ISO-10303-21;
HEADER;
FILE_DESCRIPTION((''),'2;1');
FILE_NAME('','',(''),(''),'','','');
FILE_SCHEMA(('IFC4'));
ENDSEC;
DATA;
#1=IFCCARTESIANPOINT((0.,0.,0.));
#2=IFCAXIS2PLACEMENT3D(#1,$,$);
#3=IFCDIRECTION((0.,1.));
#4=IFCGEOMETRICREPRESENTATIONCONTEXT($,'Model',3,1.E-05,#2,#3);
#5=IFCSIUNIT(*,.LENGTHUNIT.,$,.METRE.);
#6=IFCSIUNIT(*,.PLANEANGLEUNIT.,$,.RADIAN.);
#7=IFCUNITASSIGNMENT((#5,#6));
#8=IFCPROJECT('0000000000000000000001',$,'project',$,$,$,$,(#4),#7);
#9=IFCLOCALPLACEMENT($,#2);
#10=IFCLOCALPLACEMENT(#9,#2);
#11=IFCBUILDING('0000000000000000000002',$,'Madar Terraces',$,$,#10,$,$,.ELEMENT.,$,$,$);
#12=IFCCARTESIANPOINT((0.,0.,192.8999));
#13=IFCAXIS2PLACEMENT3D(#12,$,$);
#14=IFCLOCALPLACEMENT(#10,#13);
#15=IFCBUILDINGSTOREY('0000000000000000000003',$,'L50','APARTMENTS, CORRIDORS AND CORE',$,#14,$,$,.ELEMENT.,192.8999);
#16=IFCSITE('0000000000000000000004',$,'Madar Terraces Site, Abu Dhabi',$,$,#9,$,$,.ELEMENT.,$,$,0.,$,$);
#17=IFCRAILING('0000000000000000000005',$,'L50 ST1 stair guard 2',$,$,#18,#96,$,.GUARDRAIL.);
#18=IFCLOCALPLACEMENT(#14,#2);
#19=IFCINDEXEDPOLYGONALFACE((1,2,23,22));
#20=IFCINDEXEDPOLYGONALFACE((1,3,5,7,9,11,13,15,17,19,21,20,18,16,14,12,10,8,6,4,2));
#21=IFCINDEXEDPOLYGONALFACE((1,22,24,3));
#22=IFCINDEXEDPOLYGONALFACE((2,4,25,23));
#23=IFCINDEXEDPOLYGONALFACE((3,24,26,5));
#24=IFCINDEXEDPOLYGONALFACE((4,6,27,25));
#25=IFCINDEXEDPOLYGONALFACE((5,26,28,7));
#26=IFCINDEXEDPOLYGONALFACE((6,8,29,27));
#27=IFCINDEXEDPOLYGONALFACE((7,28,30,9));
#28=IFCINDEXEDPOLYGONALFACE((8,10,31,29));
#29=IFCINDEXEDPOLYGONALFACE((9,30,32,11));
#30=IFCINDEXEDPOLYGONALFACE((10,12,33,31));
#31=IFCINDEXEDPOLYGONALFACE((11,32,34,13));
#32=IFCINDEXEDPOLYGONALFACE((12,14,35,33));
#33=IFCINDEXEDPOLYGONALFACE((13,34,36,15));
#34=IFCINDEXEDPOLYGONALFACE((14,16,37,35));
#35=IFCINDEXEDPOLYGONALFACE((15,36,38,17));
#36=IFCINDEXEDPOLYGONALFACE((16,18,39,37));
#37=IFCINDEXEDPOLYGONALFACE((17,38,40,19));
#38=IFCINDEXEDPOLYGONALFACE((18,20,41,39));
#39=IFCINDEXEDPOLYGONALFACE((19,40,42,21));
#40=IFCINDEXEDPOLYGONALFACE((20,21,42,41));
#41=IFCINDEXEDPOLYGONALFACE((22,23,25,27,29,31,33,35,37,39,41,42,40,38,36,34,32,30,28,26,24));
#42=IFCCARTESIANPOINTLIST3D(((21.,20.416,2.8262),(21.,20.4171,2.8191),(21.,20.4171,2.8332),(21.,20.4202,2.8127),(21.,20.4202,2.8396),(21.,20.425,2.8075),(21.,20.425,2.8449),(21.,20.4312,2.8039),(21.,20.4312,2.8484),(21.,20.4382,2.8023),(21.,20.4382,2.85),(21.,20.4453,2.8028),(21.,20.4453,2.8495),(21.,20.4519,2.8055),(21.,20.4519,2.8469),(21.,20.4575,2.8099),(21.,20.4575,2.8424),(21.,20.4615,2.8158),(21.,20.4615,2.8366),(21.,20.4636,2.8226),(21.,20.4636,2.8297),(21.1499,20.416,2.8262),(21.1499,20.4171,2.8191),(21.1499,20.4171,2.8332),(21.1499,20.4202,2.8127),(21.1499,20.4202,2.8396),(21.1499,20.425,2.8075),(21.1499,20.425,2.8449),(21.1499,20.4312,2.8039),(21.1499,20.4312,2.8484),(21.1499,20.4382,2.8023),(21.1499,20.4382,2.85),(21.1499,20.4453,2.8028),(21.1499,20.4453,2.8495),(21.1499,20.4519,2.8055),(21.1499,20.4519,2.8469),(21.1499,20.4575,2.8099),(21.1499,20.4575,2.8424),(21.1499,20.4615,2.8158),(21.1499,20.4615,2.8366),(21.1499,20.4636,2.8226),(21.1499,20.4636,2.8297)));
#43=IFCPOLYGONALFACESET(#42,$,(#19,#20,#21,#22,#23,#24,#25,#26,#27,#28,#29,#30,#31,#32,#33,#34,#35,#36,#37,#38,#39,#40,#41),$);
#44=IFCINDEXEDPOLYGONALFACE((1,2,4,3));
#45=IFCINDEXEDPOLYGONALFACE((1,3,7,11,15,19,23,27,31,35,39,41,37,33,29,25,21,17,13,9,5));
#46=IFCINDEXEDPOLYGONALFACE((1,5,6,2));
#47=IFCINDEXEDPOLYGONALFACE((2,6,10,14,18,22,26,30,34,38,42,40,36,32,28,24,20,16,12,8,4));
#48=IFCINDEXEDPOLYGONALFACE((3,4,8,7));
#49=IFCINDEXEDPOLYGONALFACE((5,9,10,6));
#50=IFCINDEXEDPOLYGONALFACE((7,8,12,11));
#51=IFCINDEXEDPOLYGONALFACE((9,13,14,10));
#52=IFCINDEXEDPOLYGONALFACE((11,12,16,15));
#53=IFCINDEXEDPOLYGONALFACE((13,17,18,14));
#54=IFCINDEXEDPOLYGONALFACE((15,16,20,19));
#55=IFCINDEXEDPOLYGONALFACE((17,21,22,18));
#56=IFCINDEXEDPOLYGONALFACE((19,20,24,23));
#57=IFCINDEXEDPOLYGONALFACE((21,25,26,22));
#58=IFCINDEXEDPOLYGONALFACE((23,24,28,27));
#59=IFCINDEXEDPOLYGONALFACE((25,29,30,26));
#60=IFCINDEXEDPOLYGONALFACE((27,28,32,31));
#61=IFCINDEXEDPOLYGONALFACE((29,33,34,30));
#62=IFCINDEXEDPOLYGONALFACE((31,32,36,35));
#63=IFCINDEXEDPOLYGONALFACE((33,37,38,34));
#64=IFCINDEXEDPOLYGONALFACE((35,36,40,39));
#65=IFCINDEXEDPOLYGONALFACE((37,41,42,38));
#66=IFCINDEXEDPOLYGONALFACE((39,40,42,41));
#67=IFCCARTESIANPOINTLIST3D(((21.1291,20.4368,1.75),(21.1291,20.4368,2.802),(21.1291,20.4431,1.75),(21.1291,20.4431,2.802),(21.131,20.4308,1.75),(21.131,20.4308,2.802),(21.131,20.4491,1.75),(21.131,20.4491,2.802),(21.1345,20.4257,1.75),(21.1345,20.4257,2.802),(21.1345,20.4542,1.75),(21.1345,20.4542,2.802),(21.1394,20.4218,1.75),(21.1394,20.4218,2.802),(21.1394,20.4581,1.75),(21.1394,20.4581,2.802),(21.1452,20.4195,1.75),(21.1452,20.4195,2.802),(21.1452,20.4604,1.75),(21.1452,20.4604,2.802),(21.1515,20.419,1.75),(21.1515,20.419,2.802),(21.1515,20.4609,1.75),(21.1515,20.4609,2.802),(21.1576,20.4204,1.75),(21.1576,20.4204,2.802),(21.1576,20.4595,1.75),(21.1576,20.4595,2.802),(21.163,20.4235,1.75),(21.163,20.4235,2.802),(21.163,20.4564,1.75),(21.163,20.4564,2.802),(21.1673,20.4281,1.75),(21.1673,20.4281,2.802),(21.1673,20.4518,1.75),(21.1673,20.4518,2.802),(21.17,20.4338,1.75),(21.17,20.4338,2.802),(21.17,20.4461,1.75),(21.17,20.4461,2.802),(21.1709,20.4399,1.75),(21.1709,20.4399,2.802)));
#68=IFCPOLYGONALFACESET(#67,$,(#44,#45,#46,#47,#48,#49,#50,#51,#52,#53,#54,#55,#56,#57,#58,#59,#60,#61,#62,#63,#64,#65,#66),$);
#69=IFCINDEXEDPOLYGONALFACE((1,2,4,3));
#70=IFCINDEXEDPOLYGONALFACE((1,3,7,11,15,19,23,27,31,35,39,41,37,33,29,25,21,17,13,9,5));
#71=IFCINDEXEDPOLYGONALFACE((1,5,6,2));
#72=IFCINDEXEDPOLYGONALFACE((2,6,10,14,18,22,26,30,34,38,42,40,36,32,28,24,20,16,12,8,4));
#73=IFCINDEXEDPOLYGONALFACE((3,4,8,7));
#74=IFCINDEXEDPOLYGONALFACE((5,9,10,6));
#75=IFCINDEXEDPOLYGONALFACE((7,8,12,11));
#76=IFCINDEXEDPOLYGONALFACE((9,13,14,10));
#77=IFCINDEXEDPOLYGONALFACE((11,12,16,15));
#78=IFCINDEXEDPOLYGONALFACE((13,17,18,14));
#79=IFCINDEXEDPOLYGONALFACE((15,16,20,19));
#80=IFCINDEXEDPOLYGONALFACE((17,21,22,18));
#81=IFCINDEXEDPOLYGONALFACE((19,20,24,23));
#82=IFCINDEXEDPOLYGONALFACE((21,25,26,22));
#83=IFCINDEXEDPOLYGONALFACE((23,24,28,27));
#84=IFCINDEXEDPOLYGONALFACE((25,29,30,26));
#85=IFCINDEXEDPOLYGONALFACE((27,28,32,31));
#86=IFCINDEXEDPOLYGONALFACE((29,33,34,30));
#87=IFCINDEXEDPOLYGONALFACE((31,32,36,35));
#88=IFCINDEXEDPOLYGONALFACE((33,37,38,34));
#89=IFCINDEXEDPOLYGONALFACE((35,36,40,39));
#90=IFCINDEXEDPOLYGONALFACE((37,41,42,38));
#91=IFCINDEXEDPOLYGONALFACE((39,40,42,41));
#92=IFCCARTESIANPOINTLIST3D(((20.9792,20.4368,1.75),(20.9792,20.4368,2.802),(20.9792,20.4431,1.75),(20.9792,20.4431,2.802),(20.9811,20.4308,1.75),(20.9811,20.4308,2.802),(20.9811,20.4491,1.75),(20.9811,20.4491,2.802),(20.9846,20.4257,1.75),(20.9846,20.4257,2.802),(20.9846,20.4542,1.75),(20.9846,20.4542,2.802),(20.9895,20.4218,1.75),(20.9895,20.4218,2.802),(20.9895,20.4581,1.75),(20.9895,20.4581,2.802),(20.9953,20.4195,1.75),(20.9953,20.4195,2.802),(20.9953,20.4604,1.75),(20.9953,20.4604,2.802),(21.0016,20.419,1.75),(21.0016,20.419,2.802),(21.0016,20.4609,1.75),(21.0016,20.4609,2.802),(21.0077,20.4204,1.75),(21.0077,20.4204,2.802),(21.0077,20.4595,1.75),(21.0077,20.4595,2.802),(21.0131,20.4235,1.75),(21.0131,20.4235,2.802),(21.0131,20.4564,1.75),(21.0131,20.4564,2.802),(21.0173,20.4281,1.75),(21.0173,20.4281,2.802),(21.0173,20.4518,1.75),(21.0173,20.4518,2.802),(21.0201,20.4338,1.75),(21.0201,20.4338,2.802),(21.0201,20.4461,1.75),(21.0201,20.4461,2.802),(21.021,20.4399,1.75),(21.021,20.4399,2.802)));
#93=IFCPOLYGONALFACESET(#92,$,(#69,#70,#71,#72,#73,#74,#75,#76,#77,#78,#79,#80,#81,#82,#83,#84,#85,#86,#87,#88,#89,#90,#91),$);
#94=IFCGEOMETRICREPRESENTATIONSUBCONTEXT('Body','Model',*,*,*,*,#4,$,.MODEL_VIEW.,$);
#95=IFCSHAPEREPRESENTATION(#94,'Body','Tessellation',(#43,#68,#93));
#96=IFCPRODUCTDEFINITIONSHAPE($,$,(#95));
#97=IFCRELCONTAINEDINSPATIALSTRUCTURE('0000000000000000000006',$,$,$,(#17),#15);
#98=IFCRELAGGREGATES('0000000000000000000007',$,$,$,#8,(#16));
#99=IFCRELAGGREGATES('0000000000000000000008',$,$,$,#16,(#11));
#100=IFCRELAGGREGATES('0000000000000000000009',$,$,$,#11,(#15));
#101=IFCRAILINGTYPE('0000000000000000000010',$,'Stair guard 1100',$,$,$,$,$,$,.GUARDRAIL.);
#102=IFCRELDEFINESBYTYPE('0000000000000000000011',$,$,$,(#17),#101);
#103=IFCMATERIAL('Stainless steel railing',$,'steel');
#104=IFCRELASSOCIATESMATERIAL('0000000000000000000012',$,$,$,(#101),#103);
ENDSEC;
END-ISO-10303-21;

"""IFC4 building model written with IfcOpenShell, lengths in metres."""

from ifc_helpers import new_model, si_unit, direction, frame, origin, origin_2d, place, context, subcontext, project, spatial, circle, extrude, material, type_object, element, save


model = new_model("IFC4")

# Units and contexts
model_context = context("Model", 3, precision=1e-05, world=origin(), true_north=direction((0.0, 1.0)))
body_context = subcontext(model_context, "Body", "Model", "MODEL_VIEW")
ifc_project = project(units=[si_unit("LENGTHUNIT", "METRE"), si_unit("PLANEANGLEUNIT", "RADIAN")], contexts=[model_context])

# Site, building, storey
site_placement = place(None, origin())
site = spatial("IfcSite", under=ifc_project, at=site_placement, Name="Madar Terraces Site, Abu Dhabi", CompositionType="ELEMENT", RefElevation=0.0)
building_placement = place(site_placement, origin())
building = spatial("IfcBuilding", under=site, at=building_placement, Name="Madar Terraces", CompositionType="ELEMENT")
storey_placement = place(building_placement, frame((0.0, 0.0, 192.8999)))
storey = spatial("IfcBuildingStorey", under=building, at=storey_placement, Name="L50", Description="APARTMENTS, CORRIDORS AND CORE", CompositionType="ELEMENT", Elevation=192.8999)

# Railing
ifc_material_1 = material(Name="Stainless steel railing", Category="steel")
railing_type_1 = type_object("IfcRailingType", Name="Stair guard 1100", PredefinedType="GUARDRAIL", material=ifc_material_1)
railing_1_placement = place(storey_placement, frame((21.1499, 20.4399, 1.75)))
element("IfcRailing", 1, at=railing_1_placement, inside=storey, type_object=railing_type_1, Name="L50 ST1 stair guard 2", PredefinedType="GUARDRAIL", context=body_context, shape_type="SweptSolid", body=[
    extrude(circle(Radius=0.0239, at=origin_2d()), frame((0.0, 0.0, 1.0762), z_axis=(-1.0, 0.0, 0.0), x_axis=(0.0, -1.0, 0.0)), (0.0, 0.0, 1.0), 0.1499),
    extrude(circle(Radius=0.021, at=origin_2d()), origin(), (0.0, 0.0, 1.0), 1.052),
    extrude(circle(Radius=0.021, at=origin_2d()), frame((-0.1499, 0.0, 0.0)), (0.0, 0.0, 1.0), 1.052),
])

save(model, "model.ifc")
